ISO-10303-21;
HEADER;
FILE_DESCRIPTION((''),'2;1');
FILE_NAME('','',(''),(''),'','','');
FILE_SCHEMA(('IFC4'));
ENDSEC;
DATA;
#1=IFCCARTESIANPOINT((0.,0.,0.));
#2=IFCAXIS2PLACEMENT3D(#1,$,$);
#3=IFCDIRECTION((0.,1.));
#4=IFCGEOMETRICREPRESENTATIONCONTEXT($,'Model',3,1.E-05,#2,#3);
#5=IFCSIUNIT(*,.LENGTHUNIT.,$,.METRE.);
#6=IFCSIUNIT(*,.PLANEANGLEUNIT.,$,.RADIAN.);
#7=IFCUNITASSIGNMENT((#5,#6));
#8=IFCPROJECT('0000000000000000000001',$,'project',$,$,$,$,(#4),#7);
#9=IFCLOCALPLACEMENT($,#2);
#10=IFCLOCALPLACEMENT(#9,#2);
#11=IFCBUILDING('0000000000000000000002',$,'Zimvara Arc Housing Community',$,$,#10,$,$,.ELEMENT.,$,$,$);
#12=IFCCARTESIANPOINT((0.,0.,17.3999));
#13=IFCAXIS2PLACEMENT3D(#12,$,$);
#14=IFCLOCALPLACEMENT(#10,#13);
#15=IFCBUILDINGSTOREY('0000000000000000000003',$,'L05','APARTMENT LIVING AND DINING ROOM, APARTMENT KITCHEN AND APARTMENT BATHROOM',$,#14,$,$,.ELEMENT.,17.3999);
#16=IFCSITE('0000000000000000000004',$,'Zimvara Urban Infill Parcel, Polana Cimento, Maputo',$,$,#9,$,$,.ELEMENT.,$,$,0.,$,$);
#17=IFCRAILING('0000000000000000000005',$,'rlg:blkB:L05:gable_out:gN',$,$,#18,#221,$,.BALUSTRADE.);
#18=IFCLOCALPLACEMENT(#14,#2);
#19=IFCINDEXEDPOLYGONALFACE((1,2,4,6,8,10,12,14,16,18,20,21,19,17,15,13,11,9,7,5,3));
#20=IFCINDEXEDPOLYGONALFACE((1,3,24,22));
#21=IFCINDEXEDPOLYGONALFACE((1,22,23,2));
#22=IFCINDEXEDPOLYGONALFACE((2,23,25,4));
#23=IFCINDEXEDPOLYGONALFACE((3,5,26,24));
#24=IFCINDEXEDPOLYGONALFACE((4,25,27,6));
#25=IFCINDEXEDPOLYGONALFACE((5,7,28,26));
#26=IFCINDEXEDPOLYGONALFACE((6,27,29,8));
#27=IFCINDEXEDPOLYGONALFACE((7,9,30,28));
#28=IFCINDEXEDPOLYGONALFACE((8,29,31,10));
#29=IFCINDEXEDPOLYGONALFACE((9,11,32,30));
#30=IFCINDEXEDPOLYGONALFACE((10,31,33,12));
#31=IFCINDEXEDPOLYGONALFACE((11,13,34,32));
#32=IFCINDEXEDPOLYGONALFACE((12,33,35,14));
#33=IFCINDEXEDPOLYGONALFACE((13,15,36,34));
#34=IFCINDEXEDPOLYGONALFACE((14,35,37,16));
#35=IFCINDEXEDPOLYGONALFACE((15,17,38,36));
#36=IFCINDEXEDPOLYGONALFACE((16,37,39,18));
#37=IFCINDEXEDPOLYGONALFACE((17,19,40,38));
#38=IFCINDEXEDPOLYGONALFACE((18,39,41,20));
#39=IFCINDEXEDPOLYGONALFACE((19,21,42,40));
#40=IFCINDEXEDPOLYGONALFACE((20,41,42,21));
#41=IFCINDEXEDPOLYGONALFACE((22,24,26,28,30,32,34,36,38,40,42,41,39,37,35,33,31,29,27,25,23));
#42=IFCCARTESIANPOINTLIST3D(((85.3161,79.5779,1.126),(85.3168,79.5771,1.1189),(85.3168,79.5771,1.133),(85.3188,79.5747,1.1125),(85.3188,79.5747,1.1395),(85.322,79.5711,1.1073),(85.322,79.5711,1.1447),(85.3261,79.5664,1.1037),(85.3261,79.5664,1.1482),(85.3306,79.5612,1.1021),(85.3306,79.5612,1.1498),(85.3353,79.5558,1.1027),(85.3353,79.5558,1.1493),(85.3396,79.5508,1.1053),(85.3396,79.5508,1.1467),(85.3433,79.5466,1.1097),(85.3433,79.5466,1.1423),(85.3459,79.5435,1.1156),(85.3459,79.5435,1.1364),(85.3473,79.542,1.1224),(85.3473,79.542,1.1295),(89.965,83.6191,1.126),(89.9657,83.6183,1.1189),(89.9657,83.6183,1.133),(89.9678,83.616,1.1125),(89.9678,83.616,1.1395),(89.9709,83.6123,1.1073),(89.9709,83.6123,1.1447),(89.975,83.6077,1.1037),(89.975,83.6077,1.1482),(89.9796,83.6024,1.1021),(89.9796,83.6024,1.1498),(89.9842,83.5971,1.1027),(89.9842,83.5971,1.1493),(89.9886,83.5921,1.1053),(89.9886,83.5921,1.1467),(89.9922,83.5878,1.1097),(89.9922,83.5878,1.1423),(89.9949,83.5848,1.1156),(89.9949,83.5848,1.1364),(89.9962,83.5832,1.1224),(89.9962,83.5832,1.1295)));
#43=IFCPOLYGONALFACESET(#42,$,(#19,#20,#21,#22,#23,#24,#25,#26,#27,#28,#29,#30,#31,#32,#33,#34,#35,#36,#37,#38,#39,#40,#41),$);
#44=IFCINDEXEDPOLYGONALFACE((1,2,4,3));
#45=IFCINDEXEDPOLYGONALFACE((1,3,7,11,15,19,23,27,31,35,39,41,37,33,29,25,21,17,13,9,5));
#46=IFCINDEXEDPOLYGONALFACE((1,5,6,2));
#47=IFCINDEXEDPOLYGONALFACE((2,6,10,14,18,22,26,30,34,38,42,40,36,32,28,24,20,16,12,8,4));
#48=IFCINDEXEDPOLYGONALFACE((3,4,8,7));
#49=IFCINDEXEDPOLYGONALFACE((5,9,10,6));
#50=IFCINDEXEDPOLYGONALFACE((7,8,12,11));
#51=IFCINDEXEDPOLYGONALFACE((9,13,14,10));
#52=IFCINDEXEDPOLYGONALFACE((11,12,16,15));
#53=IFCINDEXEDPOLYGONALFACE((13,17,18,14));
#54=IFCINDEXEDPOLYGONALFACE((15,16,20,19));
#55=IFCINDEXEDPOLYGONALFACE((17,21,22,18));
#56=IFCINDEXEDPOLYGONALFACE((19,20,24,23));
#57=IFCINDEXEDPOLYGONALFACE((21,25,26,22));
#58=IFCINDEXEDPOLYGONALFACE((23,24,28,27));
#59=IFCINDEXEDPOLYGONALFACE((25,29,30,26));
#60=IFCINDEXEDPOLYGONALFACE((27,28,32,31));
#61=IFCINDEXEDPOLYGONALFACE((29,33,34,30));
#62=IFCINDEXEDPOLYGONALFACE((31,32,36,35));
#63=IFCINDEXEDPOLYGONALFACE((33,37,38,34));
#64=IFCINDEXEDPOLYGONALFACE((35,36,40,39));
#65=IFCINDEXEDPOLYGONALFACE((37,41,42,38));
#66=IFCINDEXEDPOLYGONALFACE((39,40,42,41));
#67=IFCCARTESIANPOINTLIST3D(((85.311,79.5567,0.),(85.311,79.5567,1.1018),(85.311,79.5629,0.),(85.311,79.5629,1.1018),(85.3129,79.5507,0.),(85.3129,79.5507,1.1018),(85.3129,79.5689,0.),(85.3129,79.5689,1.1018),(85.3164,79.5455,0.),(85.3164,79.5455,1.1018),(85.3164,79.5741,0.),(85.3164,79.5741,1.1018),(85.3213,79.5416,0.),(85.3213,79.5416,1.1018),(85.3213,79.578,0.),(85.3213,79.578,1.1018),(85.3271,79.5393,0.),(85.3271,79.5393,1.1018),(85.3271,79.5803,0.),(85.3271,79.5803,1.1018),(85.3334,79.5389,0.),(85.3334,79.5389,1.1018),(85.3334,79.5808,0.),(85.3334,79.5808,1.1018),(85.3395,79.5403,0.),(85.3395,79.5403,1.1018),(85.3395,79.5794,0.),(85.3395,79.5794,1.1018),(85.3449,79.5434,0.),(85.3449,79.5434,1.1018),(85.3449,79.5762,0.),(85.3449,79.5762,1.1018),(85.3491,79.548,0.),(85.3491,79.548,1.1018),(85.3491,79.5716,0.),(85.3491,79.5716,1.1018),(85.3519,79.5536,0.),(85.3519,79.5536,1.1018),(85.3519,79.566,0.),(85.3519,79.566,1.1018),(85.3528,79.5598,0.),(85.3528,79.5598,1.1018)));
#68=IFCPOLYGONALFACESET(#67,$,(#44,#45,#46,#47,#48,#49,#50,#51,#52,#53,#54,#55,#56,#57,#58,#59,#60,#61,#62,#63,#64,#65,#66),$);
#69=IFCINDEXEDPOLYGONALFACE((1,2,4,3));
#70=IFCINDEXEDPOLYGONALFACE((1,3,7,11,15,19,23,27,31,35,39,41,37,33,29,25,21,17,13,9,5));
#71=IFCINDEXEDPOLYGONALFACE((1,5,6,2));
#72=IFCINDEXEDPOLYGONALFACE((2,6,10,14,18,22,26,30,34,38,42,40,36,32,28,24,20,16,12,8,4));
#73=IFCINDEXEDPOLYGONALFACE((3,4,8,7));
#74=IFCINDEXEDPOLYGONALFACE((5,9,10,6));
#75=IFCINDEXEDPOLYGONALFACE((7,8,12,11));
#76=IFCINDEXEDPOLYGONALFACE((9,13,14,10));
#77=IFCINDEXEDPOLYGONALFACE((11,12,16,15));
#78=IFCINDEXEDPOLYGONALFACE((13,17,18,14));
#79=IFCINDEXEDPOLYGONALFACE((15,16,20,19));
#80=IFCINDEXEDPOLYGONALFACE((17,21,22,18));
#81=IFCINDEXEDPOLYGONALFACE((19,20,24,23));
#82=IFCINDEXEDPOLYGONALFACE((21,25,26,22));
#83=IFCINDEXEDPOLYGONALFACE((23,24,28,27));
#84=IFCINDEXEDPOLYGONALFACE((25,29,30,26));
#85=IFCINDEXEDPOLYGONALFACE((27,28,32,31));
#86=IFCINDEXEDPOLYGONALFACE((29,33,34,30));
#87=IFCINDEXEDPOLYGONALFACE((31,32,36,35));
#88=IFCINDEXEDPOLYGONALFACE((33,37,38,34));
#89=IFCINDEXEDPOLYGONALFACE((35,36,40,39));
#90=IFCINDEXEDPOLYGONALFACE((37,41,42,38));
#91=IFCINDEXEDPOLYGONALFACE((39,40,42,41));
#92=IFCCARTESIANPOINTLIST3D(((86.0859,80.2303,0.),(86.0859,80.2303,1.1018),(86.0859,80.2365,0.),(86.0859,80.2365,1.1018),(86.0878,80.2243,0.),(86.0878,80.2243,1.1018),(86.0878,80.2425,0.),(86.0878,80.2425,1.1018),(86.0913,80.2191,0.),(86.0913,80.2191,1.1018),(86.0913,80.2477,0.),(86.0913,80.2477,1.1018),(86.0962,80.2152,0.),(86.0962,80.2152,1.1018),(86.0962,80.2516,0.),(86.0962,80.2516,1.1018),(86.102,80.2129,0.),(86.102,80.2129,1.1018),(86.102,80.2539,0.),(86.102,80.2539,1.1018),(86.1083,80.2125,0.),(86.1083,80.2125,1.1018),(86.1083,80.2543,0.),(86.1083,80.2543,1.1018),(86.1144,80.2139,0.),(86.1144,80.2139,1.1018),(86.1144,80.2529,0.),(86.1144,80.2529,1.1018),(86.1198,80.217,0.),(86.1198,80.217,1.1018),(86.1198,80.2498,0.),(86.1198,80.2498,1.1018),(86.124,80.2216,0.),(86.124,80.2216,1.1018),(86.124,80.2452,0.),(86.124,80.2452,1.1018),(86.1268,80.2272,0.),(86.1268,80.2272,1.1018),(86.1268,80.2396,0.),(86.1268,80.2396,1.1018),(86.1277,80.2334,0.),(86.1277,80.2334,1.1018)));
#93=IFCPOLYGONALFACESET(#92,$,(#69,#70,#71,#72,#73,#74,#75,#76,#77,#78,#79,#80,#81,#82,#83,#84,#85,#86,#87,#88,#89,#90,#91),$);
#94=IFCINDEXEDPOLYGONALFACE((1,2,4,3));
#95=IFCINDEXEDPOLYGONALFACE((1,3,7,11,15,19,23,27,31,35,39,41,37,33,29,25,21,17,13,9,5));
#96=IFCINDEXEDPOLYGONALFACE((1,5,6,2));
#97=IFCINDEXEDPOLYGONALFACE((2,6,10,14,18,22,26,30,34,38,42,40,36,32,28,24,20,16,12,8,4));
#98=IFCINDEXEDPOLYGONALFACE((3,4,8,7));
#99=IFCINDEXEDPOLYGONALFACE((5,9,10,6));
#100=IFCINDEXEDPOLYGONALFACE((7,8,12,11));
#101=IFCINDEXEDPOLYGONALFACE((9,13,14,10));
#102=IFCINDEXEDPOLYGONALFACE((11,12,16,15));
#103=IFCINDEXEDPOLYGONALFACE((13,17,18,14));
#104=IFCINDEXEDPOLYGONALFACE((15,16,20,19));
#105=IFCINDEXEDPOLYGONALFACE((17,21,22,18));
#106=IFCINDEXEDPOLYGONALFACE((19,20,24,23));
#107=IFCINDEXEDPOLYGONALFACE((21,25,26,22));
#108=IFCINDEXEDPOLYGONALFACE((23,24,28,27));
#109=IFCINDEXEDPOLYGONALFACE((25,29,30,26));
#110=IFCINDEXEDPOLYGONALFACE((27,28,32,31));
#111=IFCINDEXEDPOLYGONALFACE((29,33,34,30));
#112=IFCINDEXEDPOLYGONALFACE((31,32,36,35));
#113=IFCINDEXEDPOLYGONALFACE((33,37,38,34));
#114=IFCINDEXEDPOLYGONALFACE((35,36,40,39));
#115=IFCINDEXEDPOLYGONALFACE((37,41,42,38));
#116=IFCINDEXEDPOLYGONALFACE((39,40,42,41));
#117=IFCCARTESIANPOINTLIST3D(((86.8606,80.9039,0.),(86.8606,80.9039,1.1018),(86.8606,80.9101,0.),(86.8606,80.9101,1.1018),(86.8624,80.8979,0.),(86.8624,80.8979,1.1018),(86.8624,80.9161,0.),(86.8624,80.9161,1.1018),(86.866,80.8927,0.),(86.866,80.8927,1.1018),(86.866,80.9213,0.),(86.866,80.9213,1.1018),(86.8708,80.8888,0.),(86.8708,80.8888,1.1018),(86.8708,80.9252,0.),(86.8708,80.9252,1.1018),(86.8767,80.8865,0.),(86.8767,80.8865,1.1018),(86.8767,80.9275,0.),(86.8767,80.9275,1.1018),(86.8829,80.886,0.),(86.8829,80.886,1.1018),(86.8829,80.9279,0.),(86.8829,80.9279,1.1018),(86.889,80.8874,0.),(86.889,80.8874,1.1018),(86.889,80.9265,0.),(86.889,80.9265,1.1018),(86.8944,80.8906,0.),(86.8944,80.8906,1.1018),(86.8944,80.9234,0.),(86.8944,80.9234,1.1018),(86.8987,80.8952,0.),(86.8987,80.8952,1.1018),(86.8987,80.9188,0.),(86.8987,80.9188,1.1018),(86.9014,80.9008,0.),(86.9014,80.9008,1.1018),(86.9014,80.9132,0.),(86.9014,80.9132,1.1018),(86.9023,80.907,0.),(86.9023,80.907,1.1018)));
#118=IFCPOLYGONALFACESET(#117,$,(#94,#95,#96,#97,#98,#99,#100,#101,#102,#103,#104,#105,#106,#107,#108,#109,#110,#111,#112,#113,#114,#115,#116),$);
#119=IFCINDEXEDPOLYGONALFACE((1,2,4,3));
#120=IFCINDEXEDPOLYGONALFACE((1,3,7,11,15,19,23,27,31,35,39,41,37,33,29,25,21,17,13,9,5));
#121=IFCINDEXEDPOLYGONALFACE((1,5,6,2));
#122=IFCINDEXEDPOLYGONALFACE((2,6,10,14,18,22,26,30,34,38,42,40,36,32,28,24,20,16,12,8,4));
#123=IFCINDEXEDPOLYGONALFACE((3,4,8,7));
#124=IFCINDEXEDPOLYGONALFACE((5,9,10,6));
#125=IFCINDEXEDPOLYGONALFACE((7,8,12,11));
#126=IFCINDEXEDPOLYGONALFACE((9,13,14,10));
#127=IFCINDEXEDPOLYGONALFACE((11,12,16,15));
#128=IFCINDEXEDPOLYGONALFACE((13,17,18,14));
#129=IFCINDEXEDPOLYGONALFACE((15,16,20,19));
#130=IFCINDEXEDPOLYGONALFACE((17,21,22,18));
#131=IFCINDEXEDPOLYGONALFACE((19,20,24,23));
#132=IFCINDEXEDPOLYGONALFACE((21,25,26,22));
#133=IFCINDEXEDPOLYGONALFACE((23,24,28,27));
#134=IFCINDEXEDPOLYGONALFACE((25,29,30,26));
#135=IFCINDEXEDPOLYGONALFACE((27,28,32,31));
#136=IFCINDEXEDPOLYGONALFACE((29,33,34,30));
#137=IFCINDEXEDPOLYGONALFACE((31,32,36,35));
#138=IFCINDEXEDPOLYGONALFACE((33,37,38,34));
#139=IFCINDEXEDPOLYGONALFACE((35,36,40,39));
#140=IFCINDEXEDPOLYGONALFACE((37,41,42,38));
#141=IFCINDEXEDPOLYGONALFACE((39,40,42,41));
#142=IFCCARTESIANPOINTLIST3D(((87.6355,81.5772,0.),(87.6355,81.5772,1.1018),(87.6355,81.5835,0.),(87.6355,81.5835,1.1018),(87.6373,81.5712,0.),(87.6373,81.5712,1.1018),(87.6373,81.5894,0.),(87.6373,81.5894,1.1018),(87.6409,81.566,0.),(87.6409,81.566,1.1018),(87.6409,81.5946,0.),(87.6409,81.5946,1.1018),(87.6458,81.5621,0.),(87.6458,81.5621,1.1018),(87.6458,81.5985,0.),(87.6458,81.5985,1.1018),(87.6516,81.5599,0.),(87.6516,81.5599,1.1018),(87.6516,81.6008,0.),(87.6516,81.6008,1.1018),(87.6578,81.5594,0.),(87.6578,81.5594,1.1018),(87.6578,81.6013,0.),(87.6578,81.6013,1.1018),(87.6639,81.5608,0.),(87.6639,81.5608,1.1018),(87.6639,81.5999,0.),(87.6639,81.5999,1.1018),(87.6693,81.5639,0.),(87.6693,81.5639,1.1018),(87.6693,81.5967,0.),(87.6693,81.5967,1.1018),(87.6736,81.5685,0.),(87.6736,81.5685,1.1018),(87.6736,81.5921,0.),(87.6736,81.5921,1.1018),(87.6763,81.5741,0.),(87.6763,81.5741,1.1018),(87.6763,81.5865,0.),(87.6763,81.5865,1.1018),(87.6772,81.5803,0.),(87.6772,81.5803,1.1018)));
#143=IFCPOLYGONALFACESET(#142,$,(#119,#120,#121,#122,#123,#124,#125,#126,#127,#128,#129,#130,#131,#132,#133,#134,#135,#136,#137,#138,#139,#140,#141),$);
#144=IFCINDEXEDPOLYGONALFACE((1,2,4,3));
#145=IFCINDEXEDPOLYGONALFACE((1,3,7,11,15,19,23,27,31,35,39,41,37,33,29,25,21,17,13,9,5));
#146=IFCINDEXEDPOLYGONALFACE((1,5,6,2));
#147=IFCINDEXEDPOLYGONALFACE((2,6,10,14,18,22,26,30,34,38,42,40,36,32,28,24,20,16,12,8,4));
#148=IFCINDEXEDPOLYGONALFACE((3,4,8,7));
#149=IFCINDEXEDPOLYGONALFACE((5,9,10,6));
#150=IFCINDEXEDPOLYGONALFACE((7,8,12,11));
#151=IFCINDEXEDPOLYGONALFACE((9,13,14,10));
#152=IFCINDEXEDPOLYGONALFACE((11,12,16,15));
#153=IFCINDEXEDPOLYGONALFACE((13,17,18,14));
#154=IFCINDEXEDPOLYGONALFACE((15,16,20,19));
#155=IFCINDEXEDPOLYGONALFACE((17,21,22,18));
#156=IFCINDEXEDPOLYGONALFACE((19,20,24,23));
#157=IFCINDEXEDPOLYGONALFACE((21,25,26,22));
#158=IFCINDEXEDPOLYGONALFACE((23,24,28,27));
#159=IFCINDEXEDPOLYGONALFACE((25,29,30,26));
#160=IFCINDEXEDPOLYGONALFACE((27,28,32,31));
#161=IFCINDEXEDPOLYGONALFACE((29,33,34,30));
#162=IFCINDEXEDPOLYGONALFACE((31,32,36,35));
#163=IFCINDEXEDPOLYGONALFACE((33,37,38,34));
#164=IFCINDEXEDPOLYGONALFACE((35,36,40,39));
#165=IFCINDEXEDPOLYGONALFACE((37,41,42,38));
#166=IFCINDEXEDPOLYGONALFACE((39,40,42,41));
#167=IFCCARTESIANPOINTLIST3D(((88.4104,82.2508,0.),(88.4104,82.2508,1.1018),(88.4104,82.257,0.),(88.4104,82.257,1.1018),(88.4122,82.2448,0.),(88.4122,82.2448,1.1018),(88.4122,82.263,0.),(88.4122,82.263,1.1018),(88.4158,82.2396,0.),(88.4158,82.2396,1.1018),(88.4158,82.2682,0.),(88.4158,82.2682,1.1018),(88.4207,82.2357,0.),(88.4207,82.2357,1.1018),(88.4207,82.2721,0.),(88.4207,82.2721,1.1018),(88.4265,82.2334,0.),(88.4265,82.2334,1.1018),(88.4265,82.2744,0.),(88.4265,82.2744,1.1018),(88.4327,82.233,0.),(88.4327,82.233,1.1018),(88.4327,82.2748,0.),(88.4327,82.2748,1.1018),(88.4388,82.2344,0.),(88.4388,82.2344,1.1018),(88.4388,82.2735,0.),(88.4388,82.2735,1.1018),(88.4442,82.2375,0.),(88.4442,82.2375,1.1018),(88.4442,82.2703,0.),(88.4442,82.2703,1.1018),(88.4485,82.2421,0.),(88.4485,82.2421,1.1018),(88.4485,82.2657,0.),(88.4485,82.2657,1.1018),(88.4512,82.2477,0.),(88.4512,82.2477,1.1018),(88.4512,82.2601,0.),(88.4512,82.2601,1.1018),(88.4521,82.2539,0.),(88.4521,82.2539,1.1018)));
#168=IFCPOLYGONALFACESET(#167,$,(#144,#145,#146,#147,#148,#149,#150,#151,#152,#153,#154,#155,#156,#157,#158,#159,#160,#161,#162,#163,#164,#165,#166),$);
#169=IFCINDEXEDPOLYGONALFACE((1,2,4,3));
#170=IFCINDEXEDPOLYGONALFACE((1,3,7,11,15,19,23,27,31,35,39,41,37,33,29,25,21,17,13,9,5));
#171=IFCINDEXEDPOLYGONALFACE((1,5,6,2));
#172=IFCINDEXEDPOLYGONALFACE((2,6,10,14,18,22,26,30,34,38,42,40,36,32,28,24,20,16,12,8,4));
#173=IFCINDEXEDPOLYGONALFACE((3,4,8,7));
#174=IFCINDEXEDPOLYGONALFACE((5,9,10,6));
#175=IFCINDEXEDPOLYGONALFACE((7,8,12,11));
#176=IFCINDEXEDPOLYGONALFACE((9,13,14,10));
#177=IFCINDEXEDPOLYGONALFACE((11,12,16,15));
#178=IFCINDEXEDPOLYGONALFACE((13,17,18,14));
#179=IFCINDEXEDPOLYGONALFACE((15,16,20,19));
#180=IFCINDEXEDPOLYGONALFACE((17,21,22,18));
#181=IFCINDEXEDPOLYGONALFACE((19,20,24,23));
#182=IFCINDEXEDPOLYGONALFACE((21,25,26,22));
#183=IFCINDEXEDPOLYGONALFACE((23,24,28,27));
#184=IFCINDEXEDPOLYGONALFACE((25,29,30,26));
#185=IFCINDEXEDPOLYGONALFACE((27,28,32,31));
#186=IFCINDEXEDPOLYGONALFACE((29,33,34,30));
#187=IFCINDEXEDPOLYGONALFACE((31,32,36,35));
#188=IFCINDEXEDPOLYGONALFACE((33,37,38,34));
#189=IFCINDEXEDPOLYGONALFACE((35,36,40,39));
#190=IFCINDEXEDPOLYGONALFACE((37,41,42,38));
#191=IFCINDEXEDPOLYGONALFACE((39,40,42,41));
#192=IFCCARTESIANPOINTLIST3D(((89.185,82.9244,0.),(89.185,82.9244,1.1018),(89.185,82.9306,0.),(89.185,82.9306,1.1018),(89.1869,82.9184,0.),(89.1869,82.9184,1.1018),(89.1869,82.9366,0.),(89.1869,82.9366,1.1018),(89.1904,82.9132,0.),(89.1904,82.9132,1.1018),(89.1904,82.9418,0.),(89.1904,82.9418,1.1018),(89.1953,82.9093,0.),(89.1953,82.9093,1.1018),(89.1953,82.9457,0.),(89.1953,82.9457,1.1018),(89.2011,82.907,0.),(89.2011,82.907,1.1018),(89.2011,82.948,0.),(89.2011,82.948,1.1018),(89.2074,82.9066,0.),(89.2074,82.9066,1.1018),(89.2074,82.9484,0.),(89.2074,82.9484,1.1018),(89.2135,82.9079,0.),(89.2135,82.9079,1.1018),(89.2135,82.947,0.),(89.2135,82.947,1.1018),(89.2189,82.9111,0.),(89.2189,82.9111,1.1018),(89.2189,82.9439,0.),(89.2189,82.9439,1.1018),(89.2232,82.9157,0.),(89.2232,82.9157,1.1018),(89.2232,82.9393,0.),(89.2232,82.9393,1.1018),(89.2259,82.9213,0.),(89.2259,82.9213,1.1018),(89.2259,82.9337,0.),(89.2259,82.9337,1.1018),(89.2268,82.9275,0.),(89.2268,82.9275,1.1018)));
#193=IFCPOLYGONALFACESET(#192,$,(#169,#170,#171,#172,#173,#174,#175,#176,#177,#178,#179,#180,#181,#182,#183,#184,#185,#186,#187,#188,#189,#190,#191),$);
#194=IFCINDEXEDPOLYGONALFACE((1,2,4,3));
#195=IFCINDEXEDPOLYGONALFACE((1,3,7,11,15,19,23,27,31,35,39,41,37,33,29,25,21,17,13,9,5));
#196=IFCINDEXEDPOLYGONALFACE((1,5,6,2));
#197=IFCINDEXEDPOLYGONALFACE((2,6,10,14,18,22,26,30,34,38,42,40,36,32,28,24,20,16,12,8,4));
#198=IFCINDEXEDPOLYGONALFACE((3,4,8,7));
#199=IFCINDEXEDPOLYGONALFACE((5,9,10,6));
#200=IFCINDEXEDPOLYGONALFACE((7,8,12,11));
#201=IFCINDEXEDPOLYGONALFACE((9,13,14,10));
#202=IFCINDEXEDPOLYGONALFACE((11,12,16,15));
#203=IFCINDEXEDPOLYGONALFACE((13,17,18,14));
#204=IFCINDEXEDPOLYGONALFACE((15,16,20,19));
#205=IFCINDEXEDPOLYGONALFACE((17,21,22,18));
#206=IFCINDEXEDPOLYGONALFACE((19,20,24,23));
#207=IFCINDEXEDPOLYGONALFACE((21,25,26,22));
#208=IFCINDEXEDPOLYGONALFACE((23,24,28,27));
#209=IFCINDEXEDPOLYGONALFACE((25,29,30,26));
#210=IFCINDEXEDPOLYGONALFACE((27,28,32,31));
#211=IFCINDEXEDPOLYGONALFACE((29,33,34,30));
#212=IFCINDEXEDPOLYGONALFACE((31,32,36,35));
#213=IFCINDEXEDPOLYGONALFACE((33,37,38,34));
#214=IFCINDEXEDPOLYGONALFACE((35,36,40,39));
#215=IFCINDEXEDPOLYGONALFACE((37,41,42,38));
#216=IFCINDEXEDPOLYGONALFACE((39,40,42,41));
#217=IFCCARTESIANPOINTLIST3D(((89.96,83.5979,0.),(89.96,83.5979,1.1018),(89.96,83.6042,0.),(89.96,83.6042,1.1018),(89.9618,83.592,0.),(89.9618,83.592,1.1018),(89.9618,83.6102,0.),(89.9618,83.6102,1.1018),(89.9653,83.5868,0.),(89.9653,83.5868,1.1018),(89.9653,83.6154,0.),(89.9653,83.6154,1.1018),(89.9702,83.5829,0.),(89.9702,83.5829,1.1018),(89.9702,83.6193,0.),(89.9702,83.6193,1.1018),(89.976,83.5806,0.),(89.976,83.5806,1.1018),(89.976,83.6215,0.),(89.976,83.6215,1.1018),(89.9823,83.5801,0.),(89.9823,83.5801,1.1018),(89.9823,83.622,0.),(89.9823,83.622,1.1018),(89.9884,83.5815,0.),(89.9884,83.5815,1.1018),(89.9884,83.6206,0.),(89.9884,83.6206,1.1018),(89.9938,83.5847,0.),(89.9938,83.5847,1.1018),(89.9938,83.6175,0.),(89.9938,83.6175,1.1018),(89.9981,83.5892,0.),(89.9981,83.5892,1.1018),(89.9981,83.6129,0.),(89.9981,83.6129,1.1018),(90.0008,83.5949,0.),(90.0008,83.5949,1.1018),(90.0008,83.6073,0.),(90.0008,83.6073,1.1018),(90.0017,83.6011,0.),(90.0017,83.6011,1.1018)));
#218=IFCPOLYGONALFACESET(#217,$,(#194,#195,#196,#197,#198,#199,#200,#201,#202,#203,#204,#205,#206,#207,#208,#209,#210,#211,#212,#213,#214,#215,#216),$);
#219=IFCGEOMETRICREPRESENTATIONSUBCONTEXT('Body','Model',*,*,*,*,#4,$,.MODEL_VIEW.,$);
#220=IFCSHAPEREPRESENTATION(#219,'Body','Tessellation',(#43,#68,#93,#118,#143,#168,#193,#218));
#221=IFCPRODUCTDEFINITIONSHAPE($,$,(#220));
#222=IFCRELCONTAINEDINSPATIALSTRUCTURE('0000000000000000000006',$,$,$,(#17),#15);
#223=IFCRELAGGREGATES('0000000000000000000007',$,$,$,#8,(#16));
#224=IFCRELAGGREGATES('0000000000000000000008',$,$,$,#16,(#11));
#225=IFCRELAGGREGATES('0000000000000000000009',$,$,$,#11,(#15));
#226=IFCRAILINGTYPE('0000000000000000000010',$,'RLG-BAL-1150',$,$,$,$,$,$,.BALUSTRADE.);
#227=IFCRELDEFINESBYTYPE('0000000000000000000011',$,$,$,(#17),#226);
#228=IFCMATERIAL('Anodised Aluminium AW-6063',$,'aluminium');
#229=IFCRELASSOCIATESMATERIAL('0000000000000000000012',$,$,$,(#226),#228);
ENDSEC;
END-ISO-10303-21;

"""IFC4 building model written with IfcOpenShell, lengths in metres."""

from ifc_helpers import new_model, si_unit, direction, frame, origin, origin_2d, place, context, subcontext, project, spatial, circle, extrude, material, type_object, element, save


model = new_model("IFC4")

# Units and contexts
model_context = context("Model", 3, precision=1e-05, world=origin(), true_north=direction((0.0, 1.0)))
body_context = subcontext(model_context, "Body", "Model", "MODEL_VIEW")
ifc_project = project(units=[si_unit("LENGTHUNIT", "METRE"), si_unit("PLANEANGLEUNIT", "RADIAN")], contexts=[model_context])

# Site, building, storey
site_placement = place(None, origin())
site = spatial("IfcSite", under=ifc_project, at=site_placement, Name="Zimvara Urban Infill Parcel, Polana Cimento, Maputo", CompositionType="ELEMENT", RefElevation=0.0)
building_placement = place(site_placement, origin())
building = spatial("IfcBuilding", under=site, at=building_placement, Name="Zimvara Arc Housing Community", CompositionType="ELEMENT")
storey_placement = place(building_placement, frame((0.0, 0.0, 17.3999)))
storey = spatial("IfcBuildingStorey", under=building, at=storey_placement, Name="L05", Description="APARTMENT LIVING AND DINING ROOM, APARTMENT KITCHEN AND APARTMENT BATHROOM", CompositionType="ELEMENT", Elevation=17.3999)

# Railing
ifc_material_1 = material(Name="Anodised Aluminium AW-6063", Category="aluminium")
railing_type = type_object("IfcRailingType", Name="RLG-BAL-1150", PredefinedType="BALUSTRADE", material=ifc_material_1)
railing_placement = place(storey_placement, frame((85.3318, 79.5598, 0.0)))
element("IfcRailing", 1, at=railing_placement, inside=storey, type_object=railing_type, Name="rlg:blkB:L05:gable_out:gN", PredefinedType="BALUSTRADE", context=body_context, shape_type="SweptSolid", body=[
    extrude(circle(Radius=0.0239, at=origin_2d()), frame((0.0, 0.0, 1.126), z_axis=(0.754709, 0.65606, 0.0), x_axis=(-0.65606, 0.754709, 0.0)), (0.0, 0.0, 1.0), 6.1599),
    extrude(circle(Radius=0.021, at=origin_2d()), origin(), (0.0, 0.0, 1.0), 1.1018),
    extrude(circle(Radius=0.021, at=origin_2d()), frame((0.7749, 0.6736, 0.0)), (0.0, 0.0, 1.0), 1.1018),
    extrude(circle(Radius=0.021, at=origin_2d()), frame((1.5496, 1.3472, 0.0)), (0.0, 0.0, 1.0), 1.1018),
    extrude(circle(Radius=0.021, at=origin_2d()), frame((2.3245, 2.0205, 0.0)), (0.0, 0.0, 1.0), 1.1018),
    extrude(circle(Radius=0.021, at=origin_2d()), frame((3.0994, 2.6941, 0.0)), (0.0, 0.0, 1.0), 1.1018),
    extrude(circle(Radius=0.021, at=origin_2d()), frame((3.874, 3.3677, 0.0)), (0.0, 0.0, 1.0), 1.1018),
    extrude(circle(Radius=0.021, at=origin_2d()), frame((4.6489, 4.0413, 0.0)), (0.0, 0.0, 1.0), 1.1018),
])

save(model, "model.ifc")
